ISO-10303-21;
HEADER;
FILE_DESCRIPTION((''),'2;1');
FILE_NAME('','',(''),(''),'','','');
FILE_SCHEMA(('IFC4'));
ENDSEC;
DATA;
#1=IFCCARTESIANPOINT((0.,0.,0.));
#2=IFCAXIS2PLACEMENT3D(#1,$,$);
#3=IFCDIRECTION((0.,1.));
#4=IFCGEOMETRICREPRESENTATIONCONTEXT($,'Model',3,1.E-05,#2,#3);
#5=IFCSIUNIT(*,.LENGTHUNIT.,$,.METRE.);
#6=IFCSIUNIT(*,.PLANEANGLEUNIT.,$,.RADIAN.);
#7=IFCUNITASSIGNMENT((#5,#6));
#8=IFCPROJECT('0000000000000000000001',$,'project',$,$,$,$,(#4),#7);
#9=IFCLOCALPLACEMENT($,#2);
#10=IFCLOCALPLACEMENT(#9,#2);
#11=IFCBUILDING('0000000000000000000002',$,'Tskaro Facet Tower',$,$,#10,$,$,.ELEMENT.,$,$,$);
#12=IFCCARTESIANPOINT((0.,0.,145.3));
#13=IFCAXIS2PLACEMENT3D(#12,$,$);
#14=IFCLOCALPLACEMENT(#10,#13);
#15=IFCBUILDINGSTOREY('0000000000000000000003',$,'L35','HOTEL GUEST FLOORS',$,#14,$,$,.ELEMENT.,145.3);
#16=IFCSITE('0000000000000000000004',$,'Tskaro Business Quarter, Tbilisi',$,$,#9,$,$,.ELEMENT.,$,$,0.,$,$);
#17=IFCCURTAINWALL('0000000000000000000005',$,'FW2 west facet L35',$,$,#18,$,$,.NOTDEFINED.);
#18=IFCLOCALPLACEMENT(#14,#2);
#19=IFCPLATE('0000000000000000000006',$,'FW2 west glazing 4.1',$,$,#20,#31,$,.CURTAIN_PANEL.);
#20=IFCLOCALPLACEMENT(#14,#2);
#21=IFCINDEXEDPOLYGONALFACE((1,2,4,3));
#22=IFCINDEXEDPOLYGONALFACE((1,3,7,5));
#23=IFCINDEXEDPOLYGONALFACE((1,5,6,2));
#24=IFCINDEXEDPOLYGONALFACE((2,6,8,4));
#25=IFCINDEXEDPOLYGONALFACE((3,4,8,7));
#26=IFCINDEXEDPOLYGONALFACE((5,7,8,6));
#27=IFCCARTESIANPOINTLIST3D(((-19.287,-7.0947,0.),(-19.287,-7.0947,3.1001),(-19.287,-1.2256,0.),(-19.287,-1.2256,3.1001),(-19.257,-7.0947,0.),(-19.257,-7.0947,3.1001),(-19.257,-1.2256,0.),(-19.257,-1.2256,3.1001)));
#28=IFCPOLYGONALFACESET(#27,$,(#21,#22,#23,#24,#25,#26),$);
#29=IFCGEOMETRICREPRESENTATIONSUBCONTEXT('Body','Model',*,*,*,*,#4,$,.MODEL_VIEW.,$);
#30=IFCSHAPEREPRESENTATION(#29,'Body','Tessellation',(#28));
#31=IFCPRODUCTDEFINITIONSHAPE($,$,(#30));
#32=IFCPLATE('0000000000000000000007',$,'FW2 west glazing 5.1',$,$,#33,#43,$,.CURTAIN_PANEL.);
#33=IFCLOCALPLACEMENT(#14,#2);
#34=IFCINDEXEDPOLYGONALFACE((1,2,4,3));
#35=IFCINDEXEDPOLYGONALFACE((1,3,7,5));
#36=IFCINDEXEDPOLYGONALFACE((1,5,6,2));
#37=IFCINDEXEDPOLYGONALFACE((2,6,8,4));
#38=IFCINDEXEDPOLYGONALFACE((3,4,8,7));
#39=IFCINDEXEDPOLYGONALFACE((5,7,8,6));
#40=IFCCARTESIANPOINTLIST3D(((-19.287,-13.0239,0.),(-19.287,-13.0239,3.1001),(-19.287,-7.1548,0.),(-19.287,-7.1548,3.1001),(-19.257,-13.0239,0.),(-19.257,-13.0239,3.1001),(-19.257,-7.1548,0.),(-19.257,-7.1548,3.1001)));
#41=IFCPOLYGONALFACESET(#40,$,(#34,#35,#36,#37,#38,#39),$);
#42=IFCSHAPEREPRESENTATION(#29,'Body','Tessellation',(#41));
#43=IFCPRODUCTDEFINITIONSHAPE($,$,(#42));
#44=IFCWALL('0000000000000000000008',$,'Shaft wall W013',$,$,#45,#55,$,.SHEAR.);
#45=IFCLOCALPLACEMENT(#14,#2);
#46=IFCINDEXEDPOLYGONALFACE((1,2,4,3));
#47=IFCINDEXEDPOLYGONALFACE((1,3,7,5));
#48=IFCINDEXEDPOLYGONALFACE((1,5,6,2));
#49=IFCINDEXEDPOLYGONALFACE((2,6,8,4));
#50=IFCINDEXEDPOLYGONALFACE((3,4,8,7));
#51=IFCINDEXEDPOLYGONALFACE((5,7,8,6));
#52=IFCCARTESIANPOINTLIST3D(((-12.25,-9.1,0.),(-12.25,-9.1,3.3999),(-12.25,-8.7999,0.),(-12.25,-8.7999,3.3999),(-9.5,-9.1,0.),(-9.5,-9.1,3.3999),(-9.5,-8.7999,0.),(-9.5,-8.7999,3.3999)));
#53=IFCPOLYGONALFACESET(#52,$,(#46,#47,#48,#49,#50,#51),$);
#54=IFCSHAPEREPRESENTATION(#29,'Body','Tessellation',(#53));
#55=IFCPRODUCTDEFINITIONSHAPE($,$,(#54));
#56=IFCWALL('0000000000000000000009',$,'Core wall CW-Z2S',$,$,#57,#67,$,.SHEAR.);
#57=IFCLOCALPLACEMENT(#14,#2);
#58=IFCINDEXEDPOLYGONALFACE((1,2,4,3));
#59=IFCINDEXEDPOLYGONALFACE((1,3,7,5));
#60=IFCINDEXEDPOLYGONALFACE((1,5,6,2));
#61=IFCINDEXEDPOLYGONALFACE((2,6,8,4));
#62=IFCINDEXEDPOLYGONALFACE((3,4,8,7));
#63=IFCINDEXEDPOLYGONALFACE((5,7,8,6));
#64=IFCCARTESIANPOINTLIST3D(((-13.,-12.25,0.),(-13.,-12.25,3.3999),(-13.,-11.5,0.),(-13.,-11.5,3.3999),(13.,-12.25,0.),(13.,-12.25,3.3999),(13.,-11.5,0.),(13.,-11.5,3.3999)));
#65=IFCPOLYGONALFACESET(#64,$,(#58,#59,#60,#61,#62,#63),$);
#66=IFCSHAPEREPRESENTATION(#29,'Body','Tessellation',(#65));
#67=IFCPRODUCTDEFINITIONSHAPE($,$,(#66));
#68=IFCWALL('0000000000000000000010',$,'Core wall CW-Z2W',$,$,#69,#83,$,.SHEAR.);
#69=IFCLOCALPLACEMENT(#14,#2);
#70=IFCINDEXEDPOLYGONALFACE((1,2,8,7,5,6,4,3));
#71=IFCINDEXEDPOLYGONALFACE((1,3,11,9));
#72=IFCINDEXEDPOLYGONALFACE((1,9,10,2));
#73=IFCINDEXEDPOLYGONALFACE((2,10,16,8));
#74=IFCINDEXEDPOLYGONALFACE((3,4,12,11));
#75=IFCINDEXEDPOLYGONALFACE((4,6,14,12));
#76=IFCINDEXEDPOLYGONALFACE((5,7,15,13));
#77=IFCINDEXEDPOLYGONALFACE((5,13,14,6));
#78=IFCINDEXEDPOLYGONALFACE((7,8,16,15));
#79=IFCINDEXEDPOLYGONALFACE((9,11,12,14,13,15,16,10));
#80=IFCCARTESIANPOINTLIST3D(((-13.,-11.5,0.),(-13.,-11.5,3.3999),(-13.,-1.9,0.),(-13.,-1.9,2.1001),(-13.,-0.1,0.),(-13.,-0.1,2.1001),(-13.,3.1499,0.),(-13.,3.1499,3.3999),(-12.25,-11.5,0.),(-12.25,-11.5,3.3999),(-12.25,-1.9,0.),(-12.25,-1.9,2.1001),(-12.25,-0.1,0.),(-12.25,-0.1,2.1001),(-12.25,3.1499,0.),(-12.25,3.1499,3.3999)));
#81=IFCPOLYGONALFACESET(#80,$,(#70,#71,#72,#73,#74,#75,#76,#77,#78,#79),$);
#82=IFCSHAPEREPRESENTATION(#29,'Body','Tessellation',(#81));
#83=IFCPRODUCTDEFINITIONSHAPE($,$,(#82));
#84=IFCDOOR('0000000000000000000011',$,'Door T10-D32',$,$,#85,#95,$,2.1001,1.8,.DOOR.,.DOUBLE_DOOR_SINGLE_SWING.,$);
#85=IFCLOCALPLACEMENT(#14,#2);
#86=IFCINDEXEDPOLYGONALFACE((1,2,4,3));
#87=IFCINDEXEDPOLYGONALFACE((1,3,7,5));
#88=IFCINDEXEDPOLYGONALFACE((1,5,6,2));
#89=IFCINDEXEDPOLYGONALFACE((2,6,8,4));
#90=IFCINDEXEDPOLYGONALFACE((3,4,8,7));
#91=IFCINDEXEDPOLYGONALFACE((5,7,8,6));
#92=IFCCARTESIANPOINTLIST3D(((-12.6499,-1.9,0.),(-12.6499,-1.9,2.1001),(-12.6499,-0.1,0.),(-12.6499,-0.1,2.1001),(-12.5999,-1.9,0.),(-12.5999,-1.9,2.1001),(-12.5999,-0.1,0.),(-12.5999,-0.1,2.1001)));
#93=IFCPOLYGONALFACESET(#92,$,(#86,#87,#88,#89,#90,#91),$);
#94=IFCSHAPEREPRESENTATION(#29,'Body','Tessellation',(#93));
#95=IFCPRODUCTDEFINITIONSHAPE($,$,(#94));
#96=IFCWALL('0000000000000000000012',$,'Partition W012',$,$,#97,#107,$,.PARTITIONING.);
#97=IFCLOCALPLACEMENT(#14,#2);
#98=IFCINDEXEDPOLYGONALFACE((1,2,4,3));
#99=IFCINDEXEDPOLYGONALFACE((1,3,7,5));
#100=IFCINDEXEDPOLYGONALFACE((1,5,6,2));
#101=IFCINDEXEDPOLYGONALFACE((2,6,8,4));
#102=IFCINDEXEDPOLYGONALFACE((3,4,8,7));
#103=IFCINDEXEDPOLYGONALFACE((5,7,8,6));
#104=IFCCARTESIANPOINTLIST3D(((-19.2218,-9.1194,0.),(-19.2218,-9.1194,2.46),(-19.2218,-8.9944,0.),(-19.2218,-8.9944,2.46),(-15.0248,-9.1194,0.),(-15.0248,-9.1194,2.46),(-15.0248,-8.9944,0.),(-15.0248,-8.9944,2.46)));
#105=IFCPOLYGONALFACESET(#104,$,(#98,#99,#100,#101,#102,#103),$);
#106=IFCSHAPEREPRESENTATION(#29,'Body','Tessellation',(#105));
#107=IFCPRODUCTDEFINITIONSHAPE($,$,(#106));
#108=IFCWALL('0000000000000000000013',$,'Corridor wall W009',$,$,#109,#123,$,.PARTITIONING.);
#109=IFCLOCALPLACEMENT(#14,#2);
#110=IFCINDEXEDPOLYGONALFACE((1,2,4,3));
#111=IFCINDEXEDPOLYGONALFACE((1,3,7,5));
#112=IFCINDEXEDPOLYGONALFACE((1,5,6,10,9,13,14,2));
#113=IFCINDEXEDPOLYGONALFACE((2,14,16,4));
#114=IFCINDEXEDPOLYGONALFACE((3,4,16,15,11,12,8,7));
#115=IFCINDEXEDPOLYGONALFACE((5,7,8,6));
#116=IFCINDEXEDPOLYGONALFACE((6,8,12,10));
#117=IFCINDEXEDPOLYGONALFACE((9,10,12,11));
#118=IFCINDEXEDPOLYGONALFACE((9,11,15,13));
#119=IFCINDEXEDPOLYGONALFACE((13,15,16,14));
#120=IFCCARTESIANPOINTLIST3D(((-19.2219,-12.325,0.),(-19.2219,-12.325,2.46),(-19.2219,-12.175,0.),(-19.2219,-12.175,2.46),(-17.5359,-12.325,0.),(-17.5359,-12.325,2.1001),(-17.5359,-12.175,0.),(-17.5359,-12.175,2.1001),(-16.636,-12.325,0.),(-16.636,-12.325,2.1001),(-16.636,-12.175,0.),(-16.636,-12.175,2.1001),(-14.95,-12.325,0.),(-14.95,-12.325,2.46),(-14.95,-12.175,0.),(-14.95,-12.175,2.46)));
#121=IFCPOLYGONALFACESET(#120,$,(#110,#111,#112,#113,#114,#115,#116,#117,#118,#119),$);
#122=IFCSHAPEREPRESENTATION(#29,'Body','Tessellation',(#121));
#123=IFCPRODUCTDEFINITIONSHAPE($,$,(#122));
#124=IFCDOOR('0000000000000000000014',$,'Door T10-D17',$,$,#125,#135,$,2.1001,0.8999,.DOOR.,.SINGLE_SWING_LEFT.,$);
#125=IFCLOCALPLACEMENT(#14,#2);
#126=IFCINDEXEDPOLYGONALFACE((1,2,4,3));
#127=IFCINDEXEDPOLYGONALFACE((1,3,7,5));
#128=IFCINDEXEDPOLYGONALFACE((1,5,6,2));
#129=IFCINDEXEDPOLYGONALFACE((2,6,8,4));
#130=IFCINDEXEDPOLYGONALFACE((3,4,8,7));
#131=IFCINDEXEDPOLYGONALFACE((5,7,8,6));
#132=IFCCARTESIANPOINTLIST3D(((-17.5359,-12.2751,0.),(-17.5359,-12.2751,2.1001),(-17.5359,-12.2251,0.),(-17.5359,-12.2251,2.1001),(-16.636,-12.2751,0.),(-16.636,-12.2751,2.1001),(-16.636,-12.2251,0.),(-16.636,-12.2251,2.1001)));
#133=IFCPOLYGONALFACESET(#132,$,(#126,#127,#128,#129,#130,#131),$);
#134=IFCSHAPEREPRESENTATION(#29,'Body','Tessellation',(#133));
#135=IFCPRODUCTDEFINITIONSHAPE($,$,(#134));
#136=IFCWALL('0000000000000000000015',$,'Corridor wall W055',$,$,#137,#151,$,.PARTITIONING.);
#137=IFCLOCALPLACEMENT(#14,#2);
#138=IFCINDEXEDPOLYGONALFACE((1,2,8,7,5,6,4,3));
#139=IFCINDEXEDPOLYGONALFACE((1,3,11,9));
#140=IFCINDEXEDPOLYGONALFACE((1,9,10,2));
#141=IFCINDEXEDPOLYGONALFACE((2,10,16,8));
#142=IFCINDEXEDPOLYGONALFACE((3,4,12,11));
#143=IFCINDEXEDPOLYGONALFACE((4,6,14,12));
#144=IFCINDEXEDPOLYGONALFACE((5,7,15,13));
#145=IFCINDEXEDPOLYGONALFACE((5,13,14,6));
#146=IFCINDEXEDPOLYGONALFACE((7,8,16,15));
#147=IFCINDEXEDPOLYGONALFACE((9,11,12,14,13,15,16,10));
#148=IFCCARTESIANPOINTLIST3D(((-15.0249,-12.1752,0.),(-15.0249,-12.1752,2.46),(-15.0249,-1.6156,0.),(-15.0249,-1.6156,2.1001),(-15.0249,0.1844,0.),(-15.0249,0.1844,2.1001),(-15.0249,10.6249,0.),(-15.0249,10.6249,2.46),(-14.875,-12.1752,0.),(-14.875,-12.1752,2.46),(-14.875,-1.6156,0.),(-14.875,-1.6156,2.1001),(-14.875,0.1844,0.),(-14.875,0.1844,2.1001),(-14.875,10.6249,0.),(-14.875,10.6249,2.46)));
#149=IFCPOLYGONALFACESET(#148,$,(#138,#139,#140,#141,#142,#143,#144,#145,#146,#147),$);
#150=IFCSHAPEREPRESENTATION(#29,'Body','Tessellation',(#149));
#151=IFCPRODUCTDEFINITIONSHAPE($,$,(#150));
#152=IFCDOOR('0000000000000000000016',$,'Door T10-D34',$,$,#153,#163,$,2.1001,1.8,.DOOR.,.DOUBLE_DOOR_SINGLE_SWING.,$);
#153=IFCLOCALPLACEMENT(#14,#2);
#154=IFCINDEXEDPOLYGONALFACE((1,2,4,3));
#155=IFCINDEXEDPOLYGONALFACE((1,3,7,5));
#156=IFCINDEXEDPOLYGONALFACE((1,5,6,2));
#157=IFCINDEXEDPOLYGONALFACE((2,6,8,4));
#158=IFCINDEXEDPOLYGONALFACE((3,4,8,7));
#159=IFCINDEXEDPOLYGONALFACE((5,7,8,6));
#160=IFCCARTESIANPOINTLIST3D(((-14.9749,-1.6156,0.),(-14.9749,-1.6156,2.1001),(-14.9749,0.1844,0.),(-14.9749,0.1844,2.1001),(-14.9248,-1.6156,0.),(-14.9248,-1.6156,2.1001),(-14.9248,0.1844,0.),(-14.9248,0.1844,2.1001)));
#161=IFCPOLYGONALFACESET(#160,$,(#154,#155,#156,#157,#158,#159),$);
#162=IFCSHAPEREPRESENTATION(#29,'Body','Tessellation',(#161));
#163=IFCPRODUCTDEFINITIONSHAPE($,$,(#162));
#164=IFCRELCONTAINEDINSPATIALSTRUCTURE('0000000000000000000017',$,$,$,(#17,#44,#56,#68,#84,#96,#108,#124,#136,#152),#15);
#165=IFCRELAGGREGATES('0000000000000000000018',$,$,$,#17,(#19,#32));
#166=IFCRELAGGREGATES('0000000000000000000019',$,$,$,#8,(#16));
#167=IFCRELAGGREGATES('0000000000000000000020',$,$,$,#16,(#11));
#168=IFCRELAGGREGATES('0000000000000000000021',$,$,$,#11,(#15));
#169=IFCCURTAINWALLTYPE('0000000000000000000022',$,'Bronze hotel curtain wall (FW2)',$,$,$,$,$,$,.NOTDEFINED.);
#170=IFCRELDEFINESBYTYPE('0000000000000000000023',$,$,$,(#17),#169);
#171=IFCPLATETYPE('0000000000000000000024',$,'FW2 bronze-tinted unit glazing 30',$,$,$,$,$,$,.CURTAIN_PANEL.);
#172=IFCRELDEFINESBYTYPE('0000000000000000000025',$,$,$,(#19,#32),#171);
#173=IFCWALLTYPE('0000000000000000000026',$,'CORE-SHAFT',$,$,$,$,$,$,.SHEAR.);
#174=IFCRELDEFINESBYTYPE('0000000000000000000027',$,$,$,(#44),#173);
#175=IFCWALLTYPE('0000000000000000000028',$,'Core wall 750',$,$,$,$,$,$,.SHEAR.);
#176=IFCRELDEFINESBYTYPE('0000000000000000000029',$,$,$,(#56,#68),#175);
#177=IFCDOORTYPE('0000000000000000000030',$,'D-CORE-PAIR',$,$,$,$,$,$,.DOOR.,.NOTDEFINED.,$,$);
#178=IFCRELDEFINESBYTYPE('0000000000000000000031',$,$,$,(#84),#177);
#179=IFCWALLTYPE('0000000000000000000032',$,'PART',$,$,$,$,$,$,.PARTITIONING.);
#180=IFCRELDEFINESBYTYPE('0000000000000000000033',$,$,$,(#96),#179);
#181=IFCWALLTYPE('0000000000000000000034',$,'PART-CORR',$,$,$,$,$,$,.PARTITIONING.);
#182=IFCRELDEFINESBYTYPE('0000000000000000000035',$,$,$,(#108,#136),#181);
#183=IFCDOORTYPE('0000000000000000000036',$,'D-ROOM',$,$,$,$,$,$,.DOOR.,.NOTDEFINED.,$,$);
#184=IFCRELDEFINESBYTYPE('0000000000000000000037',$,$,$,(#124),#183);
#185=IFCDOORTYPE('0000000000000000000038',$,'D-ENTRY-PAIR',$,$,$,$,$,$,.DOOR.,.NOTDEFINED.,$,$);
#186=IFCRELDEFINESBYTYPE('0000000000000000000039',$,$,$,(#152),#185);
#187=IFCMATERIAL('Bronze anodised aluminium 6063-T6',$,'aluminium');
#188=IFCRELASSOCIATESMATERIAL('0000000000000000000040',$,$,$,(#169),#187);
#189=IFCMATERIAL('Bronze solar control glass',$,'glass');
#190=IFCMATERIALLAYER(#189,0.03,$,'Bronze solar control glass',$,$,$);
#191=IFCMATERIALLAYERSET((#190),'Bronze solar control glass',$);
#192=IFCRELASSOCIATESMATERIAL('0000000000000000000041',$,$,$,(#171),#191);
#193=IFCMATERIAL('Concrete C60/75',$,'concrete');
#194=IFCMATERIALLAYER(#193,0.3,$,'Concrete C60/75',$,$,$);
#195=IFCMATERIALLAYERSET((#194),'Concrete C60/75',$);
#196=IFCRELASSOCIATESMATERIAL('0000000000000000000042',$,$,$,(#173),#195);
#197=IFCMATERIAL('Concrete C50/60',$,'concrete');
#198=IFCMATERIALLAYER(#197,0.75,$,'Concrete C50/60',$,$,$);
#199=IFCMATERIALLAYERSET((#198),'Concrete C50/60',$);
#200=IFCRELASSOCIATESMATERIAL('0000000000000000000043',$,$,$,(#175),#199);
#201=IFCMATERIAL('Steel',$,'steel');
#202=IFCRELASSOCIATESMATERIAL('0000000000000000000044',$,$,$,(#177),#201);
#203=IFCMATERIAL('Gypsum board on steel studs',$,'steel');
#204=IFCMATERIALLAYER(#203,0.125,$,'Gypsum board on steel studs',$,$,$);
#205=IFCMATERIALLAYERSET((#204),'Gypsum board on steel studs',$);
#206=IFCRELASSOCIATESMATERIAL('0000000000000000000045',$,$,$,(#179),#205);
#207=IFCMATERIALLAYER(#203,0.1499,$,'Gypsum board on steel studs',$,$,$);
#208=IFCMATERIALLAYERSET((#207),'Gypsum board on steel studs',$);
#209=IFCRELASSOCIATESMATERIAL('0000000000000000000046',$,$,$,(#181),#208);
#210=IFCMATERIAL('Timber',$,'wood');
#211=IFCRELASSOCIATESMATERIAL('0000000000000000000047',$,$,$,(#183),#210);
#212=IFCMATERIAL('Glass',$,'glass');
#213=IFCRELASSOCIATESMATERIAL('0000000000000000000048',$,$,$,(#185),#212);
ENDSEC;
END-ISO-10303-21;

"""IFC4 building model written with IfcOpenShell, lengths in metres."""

from ifc_helpers import new_model, si_unit, direction, frame, frame_2d, origin, origin_2d, place, context, subcontext, project, spatial, rectangle, extrude, material, layer, layer_set, type_object, element, fill, aggregate, save


model = new_model("IFC4")

# Units and contexts
model_context = context("Model", 3, precision=1e-05, world=origin(), true_north=direction((0.0, 1.0)))
body_context = subcontext(model_context, "Body", "Model", "MODEL_VIEW")
ifc_project = project(units=[si_unit("LENGTHUNIT", "METRE"), si_unit("PLANEANGLEUNIT", "RADIAN")], contexts=[model_context])

# Site, building, storey
site_placement = place(None, origin())
site = spatial("IfcSite", under=ifc_project, at=site_placement, Name="Tskaro Business Quarter, Tbilisi", CompositionType="ELEMENT", RefElevation=0.0)
building_placement = place(site_placement, origin())
building = spatial("IfcBuilding", under=site, at=building_placement, Name="Tskaro Facet Tower", CompositionType="ELEMENT")
storey_placement = place(building_placement, frame((0.0, 0.0, 145.3)))
storey = spatial("IfcBuildingStorey", under=building, at=storey_placement, Name="L35", Description="HOTEL GUEST FLOORS", CompositionType="ELEMENT", Elevation=145.3)

# Curtain wall
ifc_material_1 = material(Name="Bronze anodised aluminium 6063-T6", Category="aluminium")
curtain_wall_type = type_object("IfcCurtainWallType", Name="Bronze hotel curtain wall (FW2)", PredefinedType="NOTDEFINED", material=ifc_material_1)
curtain_wall_placement = place(storey_placement, origin())
curtain_wall = element("IfcCurtainWall", 1, at=curtain_wall_placement, inside=storey, type_object=curtain_wall_type, Name="FW2 west facet L35", PredefinedType="NOTDEFINED")

# Plates
ifc_material_2 = material(Name="Bronze solar control glass", Category="glass")
ifc_layer_1 = layer(ifc_material_2, 0.03, Name="Bronze solar control glass")
ifc_layer_set_1 = layer_set([ifc_layer_1], Name="Bronze solar control glass")
plate_type = type_object("IfcPlateType", Name="FW2 bronze-tinted unit glazing 30", PredefinedType="CURTAIN_PANEL", material=ifc_layer_set_1)
plate_1_placement = place(storey_placement, frame((-19.272, -4.1602, 0.0), z_axis=(0.0, 0.0, 1.0), x_axis=(0.0, -1.0, 0.0)))
plate_1 = element("IfcPlate", 2, at=plate_1_placement, type_object=plate_type, Name="FW2 west glazing 4.1", PredefinedType="CURTAIN_PANEL", context=body_context, shape_type="SweptSolid", body=[
    extrude(rectangle(XDim=5.8691, YDim=0.03, at=origin_2d()), origin(), (0.0, 0.0, 1.0), 3.1001),
])
plate_2_placement = place(storey_placement, frame((-19.272, -10.0894, 0.0), z_axis=(0.0, 0.0, 1.0), x_axis=(0.0, -1.0, 0.0)))
plate_2 = element("IfcPlate", 3, at=plate_2_placement, type_object=plate_type, Name="FW2 west glazing 5.1", PredefinedType="CURTAIN_PANEL", context=body_context, shape_type="SweptSolid", body=[
    extrude(rectangle(XDim=5.8691, YDim=0.03, at=origin_2d()), origin(), (0.0, 0.0, 1.0), 3.1001),
])
aggregate(curtain_wall, [plate_1, plate_2])

# Walls
ifc_material_3 = material(Name="Concrete C60/75", Category="concrete")
ifc_layer_2 = layer(ifc_material_3, 0.3, Name="Concrete C60/75")
ifc_layer_set_2 = layer_set([ifc_layer_2], Name="Concrete C60/75")
wall_type_1 = type_object("IfcWallType", Name="CORE-SHAFT", PredefinedType="SHEAR", material=ifc_layer_set_2)
wall_1_placement = place(storey_placement, frame((-12.25, -8.95, 0.0), z_axis=(0.0, 0.0, 1.0), x_axis=(1.0, 0.0, 0.0)))
element("IfcWall", 4, at=wall_1_placement, inside=storey, type_object=wall_type_1, Name="Shaft wall W013", PredefinedType="SHEAR", context=body_context, shape_type="SweptSolid", body=[
    extrude(rectangle(XDim=2.75, YDim=0.3, at=frame_2d((1.375, 0.0))), origin(), (0.0, 0.0, 1.0), 3.3999),
])
ifc_material_4 = material(Name="Concrete C50/60", Category="concrete")
ifc_layer_3 = layer(ifc_material_4, 0.75, Name="Concrete C50/60")
ifc_layer_set_3 = layer_set([ifc_layer_3], Name="Concrete C50/60")
wall_type_2 = type_object("IfcWallType", Name="Core wall 750", PredefinedType="SHEAR", material=ifc_layer_set_3)
wall_2_placement = place(storey_placement, frame((-13.0, -11.875, 0.0), z_axis=(0.0, 0.0, 1.0), x_axis=(1.0, 0.0, 0.0)))
element("IfcWall", 5, at=wall_2_placement, inside=storey, type_object=wall_type_2, Name="Core wall CW-Z2S", PredefinedType="SHEAR", context=body_context, shape_type="SweptSolid", body=[
    extrude(rectangle(XDim=26.0, YDim=0.75, at=frame_2d((13.0, 0.0))), origin(), (0.0, 0.0, 1.0), 3.3999),
])

# Wall, opening, door
wall_3_placement = place(storey_placement, frame((-12.625, -11.5, 0.0), z_axis=(0.0, 0.0, 1.0), x_axis=(0.0, 1.0, 0.0)))
wall_3 = element("IfcWall", 6, at=wall_3_placement, inside=storey, type_object=wall_type_2, Name="Core wall CW-Z2W", PredefinedType="SHEAR", context=body_context, shape_type="SweptSolid", body=[
    extrude(rectangle(XDim=14.6499, YDim=0.75, at=frame_2d((7.325, 0.0))), origin(), (0.0, 0.0, 1.0), 3.3999),
])
opening_1_placement = place(wall_3_placement, frame((9.6001, 0.0, 0.0)))
opening_1 = element("IfcOpeningElement", 7, at=opening_1_placement, cuts=wall_3, PredefinedType="OPENING", context=body_context, shape_type="SweptSolid", body=[
    extrude(rectangle(XDim=1.8, YDim=2.1001, at=frame_2d((0.8999, 1.05))), frame((0.0, 0.385, 0.0), z_axis=(0.0, -1.0, 0.0), x_axis=(1.0, 0.0, 0.0)), (0.0, 0.0, 1.0), 0.77),
])
ifc_material_5 = material(Name="Steel", Category="steel")
door_type_1 = type_object("IfcDoorType", Name="D-CORE-PAIR", OperationType="NOTDEFINED", PredefinedType="DOOR", material=ifc_material_5)
door_1_placement = place(opening_1_placement, origin())
door_1 = element("IfcDoor", 8, at=door_1_placement, inside=storey, type_object=door_type_1, Name="Door T10-D32", OperationType="DOUBLE_DOOR_SINGLE_SWING", OverallHeight=2.1001, OverallWidth=1.8, PredefinedType="DOOR", context=body_context, shape_type="SweptSolid", body=[
    extrude(rectangle(XDim=1.8, YDim=2.1001, at=frame_2d((0.8999, 1.05))), frame((0.0, 0.0249, 0.0), z_axis=(0.0, -1.0, 0.0), x_axis=(1.0, 0.0, 0.0)), (0.0, 0.0, 1.0), 0.05),
])
fill(opening_1, door_1)

# Wall
ifc_material_6 = material(Name="Gypsum board on steel studs", Category="steel")
ifc_layer_4 = layer(ifc_material_6, 0.125, Name="Gypsum board on steel studs")
ifc_layer_set_4 = layer_set([ifc_layer_4], Name="Gypsum board on steel studs")
wall_type_3 = type_object("IfcWallType", Name="PART", PredefinedType="PARTITIONING", material=ifc_layer_set_4)
wall_4_placement = place(storey_placement, frame((-19.2219, -9.0569, 0.0), z_axis=(0.0, 0.0, 1.0), x_axis=(1.0, 0.0, 0.0)))
element("IfcWall", 9, at=wall_4_placement, inside=storey, type_object=wall_type_3, Name="Partition W012", PredefinedType="PARTITIONING", context=body_context, shape_type="SweptSolid", body=[
    extrude(rectangle(XDim=4.197, YDim=0.125, at=frame_2d((2.0986, 0.0))), origin(), (0.0, 0.0, 1.0), 2.46),
])

# Walls, openings, doors
ifc_layer_5 = layer(ifc_material_6, 0.1499, Name="Gypsum board on steel studs")
ifc_layer_set_5 = layer_set([ifc_layer_5], Name="Gypsum board on steel studs")
wall_type_4 = type_object("IfcWallType", Name="PART-CORR", PredefinedType="PARTITIONING", material=ifc_layer_set_5)
wall_5_placement = place(storey_placement, frame((-19.2219, -12.25, 0.0), z_axis=(0.0, 0.0, 1.0), x_axis=(1.0, 0.0, 0.0)))
wall_5 = element("IfcWall", 10, at=wall_5_placement, inside=storey, type_object=wall_type_4, Name="Corridor wall W009", PredefinedType="PARTITIONING", context=body_context, shape_type="SweptSolid", body=[
    extrude(rectangle(XDim=4.272, YDim=0.1499, at=frame_2d((2.136, 0.0))), origin(), (0.0, 0.0, 1.0), 2.46),
])
opening_2_placement = place(wall_5_placement, frame((1.686, 0.0, 0.0)))
opening_2 = element("IfcOpeningElement", 11, at=opening_2_placement, cuts=wall_5, PredefinedType="OPENING", context=body_context, shape_type="SweptSolid", body=[
    extrude(rectangle(XDim=0.8999, YDim=2.1001, at=frame_2d((0.45, 1.05))), frame((0.0, 0.085, 0.0), z_axis=(0.0, -1.0, 0.0), x_axis=(1.0, 0.0, 0.0)), (0.0, 0.0, 1.0), 0.1699),
])
ifc_material_7 = material(Name="Timber", Category="wood")
door_type_2 = type_object("IfcDoorType", Name="D-ROOM", OperationType="NOTDEFINED", PredefinedType="DOOR", material=ifc_material_7)
door_2_placement = place(opening_2_placement, origin())
door_2 = element("IfcDoor", 12, at=door_2_placement, inside=storey, type_object=door_type_2, Name="Door T10-D17", OperationType="SINGLE_SWING_LEFT", OverallHeight=2.1001, OverallWidth=0.8999, PredefinedType="DOOR", context=body_context, shape_type="SweptSolid", body=[
    extrude(rectangle(XDim=0.8999, YDim=2.1001, at=frame_2d((0.45, 1.05))), frame((0.0, 0.0249, 0.0), z_axis=(0.0, -1.0, 0.0), x_axis=(1.0, 0.0, 0.0)), (0.0, 0.0, 1.0), 0.05),
])
fill(opening_2, door_2)
wall_6_placement = place(storey_placement, frame((-14.95, -12.175, 0.0), z_axis=(0.0, 0.0, 1.0), x_axis=(0.0, 1.0, 0.0)))
wall_6 = element("IfcWall", 13, at=wall_6_placement, inside=storey, type_object=wall_type_4, Name="Corridor wall W055", PredefinedType="PARTITIONING", context=body_context, shape_type="SweptSolid", body=[
    extrude(rectangle(XDim=22.8, YDim=0.1499, at=frame_2d((11.3999, 0.0))), origin(), (0.0, 0.0, 1.0), 2.46),
])
opening_3_placement = place(wall_6_placement, frame((10.5596, 0.0, 0.0)))
opening_3 = element("IfcOpeningElement", 14, at=opening_3_placement, cuts=wall_6, PredefinedType="OPENING", context=body_context, shape_type="SweptSolid", body=[
    extrude(rectangle(XDim=1.8, YDim=2.1001, at=frame_2d((0.8999, 1.05))), frame((0.0, 0.085, 0.0), z_axis=(0.0, -1.0, 0.0), x_axis=(1.0, 0.0, 0.0)), (0.0, 0.0, 1.0), 0.1699),
])
ifc_material_8 = material(Name="Glass", Category="glass")
door_type_3 = type_object("IfcDoorType", Name="D-ENTRY-PAIR", OperationType="NOTDEFINED", PredefinedType="DOOR", material=ifc_material_8)
door_3_placement = place(opening_3_placement, origin())
door_3 = element("IfcDoor", 15, at=door_3_placement, inside=storey, type_object=door_type_3, Name="Door T10-D34", OperationType="DOUBLE_DOOR_SINGLE_SWING", OverallHeight=2.1001, OverallWidth=1.8, PredefinedType="DOOR", context=body_context, shape_type="SweptSolid", body=[
    extrude(rectangle(XDim=1.8, YDim=2.1001, at=frame_2d((0.8999, 1.05))), frame((0.0, 0.0249, 0.0), z_axis=(0.0, -1.0, 0.0), x_axis=(1.0, 0.0, 0.0)), (0.0, 0.0, 1.0), 0.05),
])
fill(opening_3, door_3)

save(model, "model.ifc")
